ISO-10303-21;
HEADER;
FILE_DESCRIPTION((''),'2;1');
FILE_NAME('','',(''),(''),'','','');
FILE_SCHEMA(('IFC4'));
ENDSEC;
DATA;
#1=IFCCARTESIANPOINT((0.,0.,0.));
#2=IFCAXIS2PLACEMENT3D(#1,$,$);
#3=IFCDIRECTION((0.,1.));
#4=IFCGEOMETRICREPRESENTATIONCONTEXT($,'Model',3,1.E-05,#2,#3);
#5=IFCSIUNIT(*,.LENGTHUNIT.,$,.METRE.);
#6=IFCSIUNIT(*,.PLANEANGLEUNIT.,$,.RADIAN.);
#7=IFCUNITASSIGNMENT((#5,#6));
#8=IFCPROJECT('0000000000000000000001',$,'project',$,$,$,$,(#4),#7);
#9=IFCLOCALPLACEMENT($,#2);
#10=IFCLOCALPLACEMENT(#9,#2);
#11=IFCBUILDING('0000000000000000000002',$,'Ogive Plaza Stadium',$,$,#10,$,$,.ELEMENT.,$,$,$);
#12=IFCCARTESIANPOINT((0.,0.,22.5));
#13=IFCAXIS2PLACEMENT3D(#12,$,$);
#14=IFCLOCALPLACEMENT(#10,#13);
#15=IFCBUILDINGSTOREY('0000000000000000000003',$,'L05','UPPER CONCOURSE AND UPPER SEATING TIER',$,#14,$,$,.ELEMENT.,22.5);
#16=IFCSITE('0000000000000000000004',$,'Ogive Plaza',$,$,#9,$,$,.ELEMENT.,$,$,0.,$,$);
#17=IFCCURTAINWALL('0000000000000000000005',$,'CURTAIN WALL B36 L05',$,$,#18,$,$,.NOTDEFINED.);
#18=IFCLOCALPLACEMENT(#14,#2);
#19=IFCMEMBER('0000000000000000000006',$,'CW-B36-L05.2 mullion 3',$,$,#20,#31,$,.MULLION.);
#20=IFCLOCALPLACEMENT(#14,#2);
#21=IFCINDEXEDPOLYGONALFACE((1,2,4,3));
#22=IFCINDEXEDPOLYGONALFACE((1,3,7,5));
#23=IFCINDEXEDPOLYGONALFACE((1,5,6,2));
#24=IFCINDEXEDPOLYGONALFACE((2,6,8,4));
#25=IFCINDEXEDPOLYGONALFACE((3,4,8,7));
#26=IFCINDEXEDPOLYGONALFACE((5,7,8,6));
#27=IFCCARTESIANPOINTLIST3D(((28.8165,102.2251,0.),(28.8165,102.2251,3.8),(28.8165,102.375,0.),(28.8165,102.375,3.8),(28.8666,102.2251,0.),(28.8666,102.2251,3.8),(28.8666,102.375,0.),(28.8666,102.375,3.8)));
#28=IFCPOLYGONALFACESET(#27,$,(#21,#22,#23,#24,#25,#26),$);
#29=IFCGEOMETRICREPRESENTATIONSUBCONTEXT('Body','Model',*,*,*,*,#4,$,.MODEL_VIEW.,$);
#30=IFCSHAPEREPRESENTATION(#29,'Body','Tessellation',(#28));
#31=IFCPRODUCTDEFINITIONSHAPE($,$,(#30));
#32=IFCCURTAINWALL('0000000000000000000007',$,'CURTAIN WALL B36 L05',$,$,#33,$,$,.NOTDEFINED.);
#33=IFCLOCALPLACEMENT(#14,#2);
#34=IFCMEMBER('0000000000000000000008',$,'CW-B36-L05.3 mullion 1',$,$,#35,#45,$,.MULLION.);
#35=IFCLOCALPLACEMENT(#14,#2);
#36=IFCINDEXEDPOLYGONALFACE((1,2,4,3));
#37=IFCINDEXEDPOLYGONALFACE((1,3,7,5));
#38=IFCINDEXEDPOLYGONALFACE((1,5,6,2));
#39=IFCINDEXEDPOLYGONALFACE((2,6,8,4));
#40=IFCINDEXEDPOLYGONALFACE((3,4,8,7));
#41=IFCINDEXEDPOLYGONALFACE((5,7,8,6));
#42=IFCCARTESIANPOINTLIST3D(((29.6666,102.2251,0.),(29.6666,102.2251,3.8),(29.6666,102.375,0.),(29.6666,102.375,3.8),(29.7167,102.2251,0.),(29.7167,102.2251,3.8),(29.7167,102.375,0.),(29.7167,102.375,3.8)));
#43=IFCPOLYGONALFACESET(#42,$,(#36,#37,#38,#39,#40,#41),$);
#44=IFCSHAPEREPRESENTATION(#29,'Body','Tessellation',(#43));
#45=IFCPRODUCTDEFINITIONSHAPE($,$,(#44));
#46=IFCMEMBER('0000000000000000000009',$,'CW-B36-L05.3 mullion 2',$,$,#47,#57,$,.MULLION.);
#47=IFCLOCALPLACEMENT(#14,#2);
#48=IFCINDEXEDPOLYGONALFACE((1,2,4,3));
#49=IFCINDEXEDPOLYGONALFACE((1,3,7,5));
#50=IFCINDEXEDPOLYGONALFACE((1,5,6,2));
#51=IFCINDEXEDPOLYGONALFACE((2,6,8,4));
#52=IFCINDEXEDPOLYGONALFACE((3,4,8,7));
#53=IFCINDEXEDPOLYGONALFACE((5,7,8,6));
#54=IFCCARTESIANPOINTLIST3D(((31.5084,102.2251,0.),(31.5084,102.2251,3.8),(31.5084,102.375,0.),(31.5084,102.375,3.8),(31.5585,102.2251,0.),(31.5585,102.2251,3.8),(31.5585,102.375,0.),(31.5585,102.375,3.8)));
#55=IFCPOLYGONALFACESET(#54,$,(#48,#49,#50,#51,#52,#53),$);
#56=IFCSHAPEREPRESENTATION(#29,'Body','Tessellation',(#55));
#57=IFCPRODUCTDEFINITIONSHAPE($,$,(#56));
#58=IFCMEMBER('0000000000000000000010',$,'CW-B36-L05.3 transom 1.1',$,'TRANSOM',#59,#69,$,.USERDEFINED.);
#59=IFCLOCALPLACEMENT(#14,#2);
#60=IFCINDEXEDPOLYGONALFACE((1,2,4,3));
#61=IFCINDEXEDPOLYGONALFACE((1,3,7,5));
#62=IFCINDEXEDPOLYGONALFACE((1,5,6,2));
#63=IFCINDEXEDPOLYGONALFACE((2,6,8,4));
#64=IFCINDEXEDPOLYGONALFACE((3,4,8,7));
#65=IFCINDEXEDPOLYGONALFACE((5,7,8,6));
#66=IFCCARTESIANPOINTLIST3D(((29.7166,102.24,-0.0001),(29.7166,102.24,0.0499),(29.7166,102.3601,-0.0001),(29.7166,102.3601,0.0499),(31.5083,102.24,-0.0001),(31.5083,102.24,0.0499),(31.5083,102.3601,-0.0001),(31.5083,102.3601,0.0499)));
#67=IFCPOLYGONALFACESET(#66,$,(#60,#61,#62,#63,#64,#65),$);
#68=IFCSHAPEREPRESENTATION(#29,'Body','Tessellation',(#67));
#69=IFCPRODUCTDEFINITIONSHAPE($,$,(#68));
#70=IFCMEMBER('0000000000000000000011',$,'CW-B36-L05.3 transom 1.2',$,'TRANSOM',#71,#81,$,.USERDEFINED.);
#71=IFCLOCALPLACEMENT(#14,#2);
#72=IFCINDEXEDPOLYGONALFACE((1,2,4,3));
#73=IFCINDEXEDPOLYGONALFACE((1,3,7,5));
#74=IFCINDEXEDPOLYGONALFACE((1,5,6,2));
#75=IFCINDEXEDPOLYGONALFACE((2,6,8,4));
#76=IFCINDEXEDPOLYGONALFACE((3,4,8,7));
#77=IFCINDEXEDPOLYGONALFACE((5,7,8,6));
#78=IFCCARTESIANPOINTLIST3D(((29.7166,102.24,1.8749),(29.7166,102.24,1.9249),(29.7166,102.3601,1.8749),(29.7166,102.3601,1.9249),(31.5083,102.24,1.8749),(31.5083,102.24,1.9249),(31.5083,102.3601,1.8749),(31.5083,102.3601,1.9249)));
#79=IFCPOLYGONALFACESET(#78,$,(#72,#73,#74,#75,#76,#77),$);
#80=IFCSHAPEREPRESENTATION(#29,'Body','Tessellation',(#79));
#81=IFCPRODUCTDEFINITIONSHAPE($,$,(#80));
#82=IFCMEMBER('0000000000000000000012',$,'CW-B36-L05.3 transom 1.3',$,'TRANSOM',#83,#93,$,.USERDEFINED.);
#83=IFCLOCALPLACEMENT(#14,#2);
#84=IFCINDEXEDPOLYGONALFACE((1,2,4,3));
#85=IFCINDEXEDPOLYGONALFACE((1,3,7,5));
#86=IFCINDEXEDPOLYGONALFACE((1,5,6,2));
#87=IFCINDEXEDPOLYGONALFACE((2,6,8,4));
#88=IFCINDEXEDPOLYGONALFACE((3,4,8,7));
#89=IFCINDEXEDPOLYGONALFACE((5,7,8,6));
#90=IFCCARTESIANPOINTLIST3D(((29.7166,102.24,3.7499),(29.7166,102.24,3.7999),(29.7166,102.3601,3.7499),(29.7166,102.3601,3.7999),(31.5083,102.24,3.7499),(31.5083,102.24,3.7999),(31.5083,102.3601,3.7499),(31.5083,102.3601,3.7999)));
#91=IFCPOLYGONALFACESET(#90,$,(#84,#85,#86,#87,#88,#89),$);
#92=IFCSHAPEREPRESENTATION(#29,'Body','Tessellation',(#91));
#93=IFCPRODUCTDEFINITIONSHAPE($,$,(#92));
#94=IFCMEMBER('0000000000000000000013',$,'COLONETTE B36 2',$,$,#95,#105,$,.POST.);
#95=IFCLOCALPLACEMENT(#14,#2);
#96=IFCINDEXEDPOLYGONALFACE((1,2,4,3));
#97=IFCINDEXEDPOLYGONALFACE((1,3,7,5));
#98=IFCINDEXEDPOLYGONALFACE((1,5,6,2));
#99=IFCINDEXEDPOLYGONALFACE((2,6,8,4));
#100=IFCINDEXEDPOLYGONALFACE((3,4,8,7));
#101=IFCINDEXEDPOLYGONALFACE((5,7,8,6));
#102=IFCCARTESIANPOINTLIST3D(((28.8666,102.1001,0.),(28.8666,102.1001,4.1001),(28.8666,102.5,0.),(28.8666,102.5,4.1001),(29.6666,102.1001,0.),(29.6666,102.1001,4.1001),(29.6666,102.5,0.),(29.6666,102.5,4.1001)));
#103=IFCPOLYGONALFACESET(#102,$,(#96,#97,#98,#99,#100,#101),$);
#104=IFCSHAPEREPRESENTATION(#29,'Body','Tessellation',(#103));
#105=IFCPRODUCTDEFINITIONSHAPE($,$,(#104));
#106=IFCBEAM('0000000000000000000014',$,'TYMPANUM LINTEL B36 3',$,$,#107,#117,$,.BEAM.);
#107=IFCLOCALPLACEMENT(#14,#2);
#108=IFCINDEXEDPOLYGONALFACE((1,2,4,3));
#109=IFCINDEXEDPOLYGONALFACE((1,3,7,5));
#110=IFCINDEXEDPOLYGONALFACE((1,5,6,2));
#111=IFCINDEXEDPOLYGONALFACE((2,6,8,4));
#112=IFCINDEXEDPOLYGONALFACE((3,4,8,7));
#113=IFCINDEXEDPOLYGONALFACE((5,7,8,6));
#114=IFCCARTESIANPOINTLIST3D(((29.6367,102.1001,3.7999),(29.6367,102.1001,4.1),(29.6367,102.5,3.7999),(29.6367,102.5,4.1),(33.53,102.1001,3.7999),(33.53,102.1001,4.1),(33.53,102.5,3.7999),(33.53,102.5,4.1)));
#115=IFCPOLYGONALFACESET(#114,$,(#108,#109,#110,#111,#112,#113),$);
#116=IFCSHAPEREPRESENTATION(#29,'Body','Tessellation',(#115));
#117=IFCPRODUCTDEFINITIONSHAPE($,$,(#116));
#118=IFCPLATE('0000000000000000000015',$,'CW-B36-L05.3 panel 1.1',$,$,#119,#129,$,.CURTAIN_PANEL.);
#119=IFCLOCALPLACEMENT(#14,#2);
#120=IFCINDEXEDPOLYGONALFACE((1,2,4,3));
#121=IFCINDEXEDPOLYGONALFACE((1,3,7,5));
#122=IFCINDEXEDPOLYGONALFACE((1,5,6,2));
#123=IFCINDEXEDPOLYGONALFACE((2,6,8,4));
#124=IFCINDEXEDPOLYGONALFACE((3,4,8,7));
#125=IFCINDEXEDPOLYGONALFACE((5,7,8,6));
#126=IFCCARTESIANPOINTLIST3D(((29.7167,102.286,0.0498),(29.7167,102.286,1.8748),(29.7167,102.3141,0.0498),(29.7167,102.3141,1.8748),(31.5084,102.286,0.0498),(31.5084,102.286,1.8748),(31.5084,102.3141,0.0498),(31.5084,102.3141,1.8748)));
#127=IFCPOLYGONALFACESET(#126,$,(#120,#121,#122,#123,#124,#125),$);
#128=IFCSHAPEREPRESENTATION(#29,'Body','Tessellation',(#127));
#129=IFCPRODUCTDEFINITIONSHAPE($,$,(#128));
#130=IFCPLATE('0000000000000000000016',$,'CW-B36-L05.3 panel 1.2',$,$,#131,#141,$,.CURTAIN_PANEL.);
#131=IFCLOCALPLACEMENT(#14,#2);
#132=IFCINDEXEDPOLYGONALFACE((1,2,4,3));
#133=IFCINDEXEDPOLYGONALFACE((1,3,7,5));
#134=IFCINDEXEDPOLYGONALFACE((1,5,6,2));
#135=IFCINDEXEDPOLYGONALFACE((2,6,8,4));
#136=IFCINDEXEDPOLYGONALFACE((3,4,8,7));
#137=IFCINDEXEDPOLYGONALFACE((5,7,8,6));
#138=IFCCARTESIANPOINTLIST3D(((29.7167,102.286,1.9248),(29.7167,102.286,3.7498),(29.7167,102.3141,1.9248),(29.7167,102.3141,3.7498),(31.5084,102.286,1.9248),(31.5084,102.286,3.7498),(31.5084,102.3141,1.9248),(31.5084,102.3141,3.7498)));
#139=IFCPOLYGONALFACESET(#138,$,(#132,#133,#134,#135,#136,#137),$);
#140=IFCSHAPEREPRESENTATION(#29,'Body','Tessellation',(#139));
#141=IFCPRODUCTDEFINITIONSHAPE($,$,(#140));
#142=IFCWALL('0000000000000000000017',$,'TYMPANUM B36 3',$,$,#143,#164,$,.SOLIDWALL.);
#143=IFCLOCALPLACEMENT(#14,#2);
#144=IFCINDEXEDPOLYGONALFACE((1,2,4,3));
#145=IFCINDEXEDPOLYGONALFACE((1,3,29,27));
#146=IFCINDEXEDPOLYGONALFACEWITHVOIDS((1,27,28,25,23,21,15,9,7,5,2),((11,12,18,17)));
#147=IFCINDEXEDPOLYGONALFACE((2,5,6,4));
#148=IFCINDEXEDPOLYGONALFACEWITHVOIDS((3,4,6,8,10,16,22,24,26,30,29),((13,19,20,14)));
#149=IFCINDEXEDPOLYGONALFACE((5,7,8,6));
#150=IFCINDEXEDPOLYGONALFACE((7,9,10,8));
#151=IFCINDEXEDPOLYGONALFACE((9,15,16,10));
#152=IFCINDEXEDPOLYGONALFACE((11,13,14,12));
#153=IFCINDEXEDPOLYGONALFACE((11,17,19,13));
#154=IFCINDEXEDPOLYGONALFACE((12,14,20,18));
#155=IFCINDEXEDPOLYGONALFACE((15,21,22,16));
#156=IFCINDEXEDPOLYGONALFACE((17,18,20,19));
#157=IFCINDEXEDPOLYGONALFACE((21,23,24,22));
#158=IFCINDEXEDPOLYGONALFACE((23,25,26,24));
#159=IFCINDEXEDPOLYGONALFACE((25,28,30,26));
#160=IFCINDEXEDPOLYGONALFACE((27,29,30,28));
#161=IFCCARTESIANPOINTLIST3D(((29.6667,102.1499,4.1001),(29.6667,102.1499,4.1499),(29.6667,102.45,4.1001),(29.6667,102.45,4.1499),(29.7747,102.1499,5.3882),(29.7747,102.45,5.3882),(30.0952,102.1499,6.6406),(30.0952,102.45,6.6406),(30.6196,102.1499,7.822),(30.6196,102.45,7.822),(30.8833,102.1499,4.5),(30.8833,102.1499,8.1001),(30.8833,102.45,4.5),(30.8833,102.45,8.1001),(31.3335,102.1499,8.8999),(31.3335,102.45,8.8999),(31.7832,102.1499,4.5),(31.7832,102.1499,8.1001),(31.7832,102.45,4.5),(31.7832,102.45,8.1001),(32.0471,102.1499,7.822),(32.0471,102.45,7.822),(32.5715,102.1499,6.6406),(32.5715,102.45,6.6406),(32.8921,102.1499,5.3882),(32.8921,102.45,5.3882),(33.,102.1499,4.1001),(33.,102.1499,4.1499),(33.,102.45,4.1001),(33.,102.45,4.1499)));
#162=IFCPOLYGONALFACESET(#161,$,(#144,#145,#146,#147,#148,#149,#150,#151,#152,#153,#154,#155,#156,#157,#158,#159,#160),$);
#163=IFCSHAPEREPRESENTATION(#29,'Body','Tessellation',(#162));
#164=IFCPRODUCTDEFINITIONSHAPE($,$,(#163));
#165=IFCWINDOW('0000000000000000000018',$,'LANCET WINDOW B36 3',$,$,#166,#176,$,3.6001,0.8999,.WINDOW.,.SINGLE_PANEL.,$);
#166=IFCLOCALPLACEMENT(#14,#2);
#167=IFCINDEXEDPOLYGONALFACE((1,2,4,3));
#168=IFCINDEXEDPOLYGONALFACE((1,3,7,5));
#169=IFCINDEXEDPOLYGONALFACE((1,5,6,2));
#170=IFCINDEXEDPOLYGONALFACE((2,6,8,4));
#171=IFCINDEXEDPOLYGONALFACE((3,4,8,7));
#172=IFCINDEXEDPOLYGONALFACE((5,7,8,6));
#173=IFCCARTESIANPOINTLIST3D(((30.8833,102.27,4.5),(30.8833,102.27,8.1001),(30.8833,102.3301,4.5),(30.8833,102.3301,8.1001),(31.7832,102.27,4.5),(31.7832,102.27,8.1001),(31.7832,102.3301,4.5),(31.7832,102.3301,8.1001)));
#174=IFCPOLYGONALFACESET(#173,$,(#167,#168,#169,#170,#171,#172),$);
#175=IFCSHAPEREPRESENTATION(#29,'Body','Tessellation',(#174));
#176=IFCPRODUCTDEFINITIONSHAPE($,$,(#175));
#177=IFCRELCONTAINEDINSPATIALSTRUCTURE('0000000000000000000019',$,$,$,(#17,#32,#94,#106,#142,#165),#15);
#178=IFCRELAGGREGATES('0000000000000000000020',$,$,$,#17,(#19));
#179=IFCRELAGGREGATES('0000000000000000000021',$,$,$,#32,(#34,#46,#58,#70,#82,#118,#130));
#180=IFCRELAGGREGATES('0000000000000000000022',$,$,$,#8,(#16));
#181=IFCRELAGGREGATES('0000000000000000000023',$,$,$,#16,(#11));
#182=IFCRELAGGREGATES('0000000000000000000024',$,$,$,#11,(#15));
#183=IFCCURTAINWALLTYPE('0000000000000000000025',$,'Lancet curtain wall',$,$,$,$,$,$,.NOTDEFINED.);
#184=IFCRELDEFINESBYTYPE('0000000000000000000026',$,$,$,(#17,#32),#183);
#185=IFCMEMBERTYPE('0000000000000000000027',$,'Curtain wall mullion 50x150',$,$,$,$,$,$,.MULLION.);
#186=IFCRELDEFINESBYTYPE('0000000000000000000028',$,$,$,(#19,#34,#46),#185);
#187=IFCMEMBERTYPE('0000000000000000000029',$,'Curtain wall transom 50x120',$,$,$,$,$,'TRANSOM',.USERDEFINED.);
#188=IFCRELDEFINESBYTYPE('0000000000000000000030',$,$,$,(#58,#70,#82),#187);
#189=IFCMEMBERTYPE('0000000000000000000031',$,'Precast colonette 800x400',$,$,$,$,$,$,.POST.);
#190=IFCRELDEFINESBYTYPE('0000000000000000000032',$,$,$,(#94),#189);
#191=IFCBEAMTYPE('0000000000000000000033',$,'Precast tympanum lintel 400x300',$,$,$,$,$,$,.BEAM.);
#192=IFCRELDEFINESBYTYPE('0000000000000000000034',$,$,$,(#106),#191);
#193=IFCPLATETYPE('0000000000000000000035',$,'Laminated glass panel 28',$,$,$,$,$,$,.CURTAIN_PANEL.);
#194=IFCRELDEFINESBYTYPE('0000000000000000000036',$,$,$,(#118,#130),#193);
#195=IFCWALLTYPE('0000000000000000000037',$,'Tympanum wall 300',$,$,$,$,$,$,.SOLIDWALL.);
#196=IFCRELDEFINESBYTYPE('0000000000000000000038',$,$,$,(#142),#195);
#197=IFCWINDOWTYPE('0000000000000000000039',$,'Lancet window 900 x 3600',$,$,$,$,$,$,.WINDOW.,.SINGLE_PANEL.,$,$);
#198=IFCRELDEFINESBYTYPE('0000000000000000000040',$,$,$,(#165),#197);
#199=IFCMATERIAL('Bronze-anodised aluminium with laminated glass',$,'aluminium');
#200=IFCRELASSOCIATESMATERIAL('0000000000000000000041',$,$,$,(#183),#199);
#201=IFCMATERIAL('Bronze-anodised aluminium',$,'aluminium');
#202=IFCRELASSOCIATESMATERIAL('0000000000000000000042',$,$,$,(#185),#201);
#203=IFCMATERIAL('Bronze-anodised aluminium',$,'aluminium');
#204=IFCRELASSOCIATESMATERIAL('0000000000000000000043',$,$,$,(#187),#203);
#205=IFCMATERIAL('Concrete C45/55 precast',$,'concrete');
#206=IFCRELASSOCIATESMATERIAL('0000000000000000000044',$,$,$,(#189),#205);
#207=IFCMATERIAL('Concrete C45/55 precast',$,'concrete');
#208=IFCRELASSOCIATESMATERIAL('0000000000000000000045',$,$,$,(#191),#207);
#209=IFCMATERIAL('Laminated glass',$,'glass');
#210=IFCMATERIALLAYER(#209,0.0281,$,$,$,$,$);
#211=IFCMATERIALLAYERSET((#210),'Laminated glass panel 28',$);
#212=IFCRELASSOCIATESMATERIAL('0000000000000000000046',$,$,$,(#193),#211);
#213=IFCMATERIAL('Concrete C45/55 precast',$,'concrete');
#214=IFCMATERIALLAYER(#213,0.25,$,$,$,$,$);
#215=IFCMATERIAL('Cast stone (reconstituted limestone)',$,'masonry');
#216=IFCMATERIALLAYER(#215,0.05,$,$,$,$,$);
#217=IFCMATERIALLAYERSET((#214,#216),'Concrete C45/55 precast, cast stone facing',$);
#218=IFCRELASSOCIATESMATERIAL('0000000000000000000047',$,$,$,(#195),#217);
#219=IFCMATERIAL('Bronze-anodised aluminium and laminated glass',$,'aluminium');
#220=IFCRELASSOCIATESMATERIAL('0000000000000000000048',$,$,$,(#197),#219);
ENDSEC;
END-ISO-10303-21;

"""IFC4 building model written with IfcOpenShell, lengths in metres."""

from ifc_helpers import new_model, si_unit, direction, frame, frame_2d, origin, origin_2d, place, context, subcontext, project, spatial, polyline, rectangle, outline, extrude, material, layer, layer_set, material_profile, profile_set, type_object, element, fill, aggregate, save


model = new_model("IFC4")

# Units and contexts
model_context = context("Model", 3, precision=1e-05, world=origin(), true_north=direction((0.0, 1.0)))
body_context = subcontext(model_context, "Body", "Model", "MODEL_VIEW")
ifc_project = project(units=[si_unit("LENGTHUNIT", "METRE"), si_unit("PLANEANGLEUNIT", "RADIAN")], contexts=[model_context])

# Site, building, storey
site_placement = place(None, origin())
site = spatial("IfcSite", under=ifc_project, at=site_placement, Name="Ogive Plaza", CompositionType="ELEMENT", RefElevation=0.0)
building_placement = place(site_placement, origin())
building = spatial("IfcBuilding", under=site, at=building_placement, Name="Ogive Plaza Stadium", CompositionType="ELEMENT")
storey_placement = place(building_placement, frame((0.0, 0.0, 22.5)))
storey = spatial("IfcBuildingStorey", under=building, at=storey_placement, Name="L05", Description="UPPER CONCOURSE AND UPPER SEATING TIER", CompositionType="ELEMENT", Elevation=22.5)

# Curtain wall, member
ifc_material_1 = material(Name="Bronze-anodised aluminium with laminated glass", Category="aluminium")
curtain_wall_type = type_object("IfcCurtainWallType", Name="Lancet curtain wall", PredefinedType="NOTDEFINED", material=ifc_material_1)
curtain_wall_1_placement = place(storey_placement, origin())
curtain_wall_1 = element("IfcCurtainWall", 1, at=curtain_wall_1_placement, inside=storey, type_object=curtain_wall_type, Name="CURTAIN WALL B36 L05", PredefinedType="NOTDEFINED")
ifc_material_2 = material(Name="Bronze-anodised aluminium", Category="aluminium")
ifc_material_profile_1 = material_profile(ifc_material_2, rectangle(XDim=0.1499, YDim=0.05, at=origin_2d()), Name="AL 150x50")
ifc_profile_set_1 = profile_set([ifc_material_profile_1], Name="Bronze-anodised aluminium")
member_type_1 = type_object("IfcMemberType", Name="Curtain wall mullion 50x150", PredefinedType="MULLION", material=ifc_profile_set_1)
member_1_placement = place(storey_placement, frame((28.8416, 102.3, 0.0), z_axis=(0.0, 0.0, 1.0), x_axis=(0.0, 1.0, 0.0)))
member_1 = element("IfcMember", 2, at=member_1_placement, type_object=member_type_1, Name="CW-B36-L05.2 mullion 3", PredefinedType="MULLION", context=body_context, shape_type="SweptSolid", body=[
    extrude(rectangle(XDim=0.1499, YDim=0.05, at=origin_2d()), origin(), (0.0, 0.0, 1.0), 3.8),
])
aggregate(curtain_wall_1, [member_1])

# Curtain wall, members
curtain_wall_2_placement = place(storey_placement, origin())
curtain_wall_2 = element("IfcCurtainWall", 3, at=curtain_wall_2_placement, inside=storey, type_object=curtain_wall_type, Name="CURTAIN WALL B36 L05", PredefinedType="NOTDEFINED")
member_2_placement = place(storey_placement, frame((29.6917, 102.3, 0.0), z_axis=(0.0, 0.0, 1.0), x_axis=(0.0, 1.0, 0.0)))
member_2 = element("IfcMember", 4, at=member_2_placement, type_object=member_type_1, Name="CW-B36-L05.3 mullion 1", PredefinedType="MULLION", context=body_context, shape_type="SweptSolid", body=[
    extrude(rectangle(XDim=0.1499, YDim=0.05, at=origin_2d()), origin(), (0.0, 0.0, 1.0), 3.8),
])
member_3_placement = place(storey_placement, frame((31.5334, 102.3, 0.0), z_axis=(0.0, 0.0, 1.0), x_axis=(0.0, 1.0, 0.0)))
member_3 = element("IfcMember", 5, at=member_3_placement, type_object=member_type_1, Name="CW-B36-L05.3 mullion 2", PredefinedType="MULLION", context=body_context, shape_type="SweptSolid", body=[
    extrude(rectangle(XDim=0.1499, YDim=0.05, at=origin_2d()), origin(), (0.0, 0.0, 1.0), 3.8),
])
ifc_material_3 = material(Name="Bronze-anodised aluminium", Category="aluminium")
ifc_material_profile_2 = material_profile(ifc_material_3, rectangle(XDim=0.1201, YDim=0.05, at=origin_2d()), Name="AL 120x50")
ifc_profile_set_2 = profile_set([ifc_material_profile_2], Name="Bronze-anodised aluminium")
member_type_2 = type_object("IfcMemberType", Name="Curtain wall transom 50x120", ElementType="TRANSOM", PredefinedType="USERDEFINED", material=ifc_profile_set_2)
member_4_placement = place(storey_placement, frame((29.7166, 102.3, 0.0249), z_axis=(1.0, 0.0, 0.0), x_axis=(0.0, 1.0, 0.0)))
member_4 = element("IfcMember", 6, at=member_4_placement, type_object=member_type_2, Name="CW-B36-L05.3 transom 1.1", ObjectType="TRANSOM", PredefinedType="USERDEFINED", context=body_context, shape_type="SweptSolid", body=[
    extrude(rectangle(XDim=0.1201, YDim=0.05, at=origin_2d()), origin(), (0.0, 0.0, 1.0), 1.7917),
])
member_5_placement = place(storey_placement, frame((29.7166, 102.3, 1.8999), z_axis=(1.0, 0.0, 0.0), x_axis=(0.0, 1.0, 0.0)))
member_5 = element("IfcMember", 7, at=member_5_placement, type_object=member_type_2, Name="CW-B36-L05.3 transom 1.2", ObjectType="TRANSOM", PredefinedType="USERDEFINED", context=body_context, shape_type="SweptSolid", body=[
    extrude(rectangle(XDim=0.1201, YDim=0.05, at=origin_2d()), origin(), (0.0, 0.0, 1.0), 1.7917),
])
member_6_placement = place(storey_placement, frame((29.7166, 102.3, 3.7749), z_axis=(1.0, 0.0, 0.0), x_axis=(0.0, 1.0, 0.0)))
member_6 = element("IfcMember", 8, at=member_6_placement, type_object=member_type_2, Name="CW-B36-L05.3 transom 1.3", ObjectType="TRANSOM", PredefinedType="USERDEFINED", context=body_context, shape_type="SweptSolid", body=[
    extrude(rectangle(XDim=0.1201, YDim=0.05, at=origin_2d()), origin(), (0.0, 0.0, 1.0), 1.7917),
])

# Member
ifc_material_4 = material(Name="Concrete C45/55 precast", Category="concrete")
ifc_material_profile_3 = material_profile(ifc_material_4, rectangle(XDim=0.3999, YDim=0.8, at=origin_2d()), Name="RC 400x800")
ifc_profile_set_3 = profile_set([ifc_material_profile_3], Name="Concrete C45/55 precast")
member_type_3 = type_object("IfcMemberType", Name="Precast colonette 800x400", PredefinedType="POST", material=ifc_profile_set_3)
member_7_placement = place(storey_placement, frame((29.2666, 102.3, 0.0), z_axis=(0.0, 0.0, 1.0), x_axis=(0.0, 1.0, 0.0)))
element("IfcMember", 9, at=member_7_placement, inside=storey, type_object=member_type_3, Name="COLONETTE B36 2", PredefinedType="POST", context=body_context, shape_type="SweptSolid", body=[
    extrude(rectangle(XDim=0.3999, YDim=0.8, at=origin_2d()), origin(), (0.0, 0.0, 1.0), 4.1001),
])

# Beam
ifc_material_5 = material(Name="Concrete C45/55 precast", Category="concrete")
ifc_material_profile_4 = material_profile(ifc_material_5, rectangle(XDim=0.3999, YDim=0.3, at=origin_2d()), Name="RC 400x300")
ifc_profile_set_4 = profile_set([ifc_material_profile_4], Name="Concrete C45/55 precast")
beam_type = type_object("IfcBeamType", Name="Precast tympanum lintel 400x300", PredefinedType="BEAM", material=ifc_profile_set_4)
beam_placement = place(storey_placement, frame((29.6367, 102.3, 3.95), z_axis=(1.0, 0.0, 0.0), x_axis=(0.0, 1.0, 0.0)))
element("IfcBeam", 10, at=beam_placement, inside=storey, type_object=beam_type, Name="TYMPANUM LINTEL B36 3", PredefinedType="BEAM", context=body_context, shape_type="SweptSolid", body=[
    extrude(rectangle(XDim=0.3999, YDim=0.3, at=origin_2d()), origin(), (0.0, 0.0, 1.0), 3.8933),
])

# Plates
ifc_material_6 = material(Name="Laminated glass", Category="glass")
ifc_layer_1 = layer(ifc_material_6, 0.0281)
ifc_layer_set_1 = layer_set([ifc_layer_1], Name="Laminated glass panel 28")
plate_type = type_object("IfcPlateType", Name="Laminated glass panel 28", PredefinedType="CURTAIN_PANEL", material=ifc_layer_set_1)
plate_1_placement = place(storey_placement, frame((30.6125, 102.3, 0.0498), z_axis=(0.0, 0.0, 1.0), x_axis=(1.0, 0.0, 0.0)))
plate_1 = element("IfcPlate", 11, at=plate_1_placement, type_object=plate_type, Name="CW-B36-L05.3 panel 1.1", PredefinedType="CURTAIN_PANEL", context=body_context, shape_type="SweptSolid", body=[
    extrude(rectangle(XDim=1.7917, YDim=0.0281, at=origin_2d()), origin(), (0.0, 0.0, 1.0), 1.825),
])
plate_2_placement = place(storey_placement, frame((30.6125, 102.3, 1.9248), z_axis=(0.0, 0.0, 1.0), x_axis=(1.0, 0.0, 0.0)))
plate_2 = element("IfcPlate", 12, at=plate_2_placement, type_object=plate_type, Name="CW-B36-L05.3 panel 1.2", PredefinedType="CURTAIN_PANEL", context=body_context, shape_type="SweptSolid", body=[
    extrude(rectangle(XDim=1.7917, YDim=0.0281, at=origin_2d()), origin(), (0.0, 0.0, 1.0), 1.825),
])
aggregate(curtain_wall_2, [member_2, member_3, member_4, member_5, member_6, plate_1, plate_2])

# Wall, opening, window
ifc_material_7 = material(Name="Concrete C45/55 precast", Category="concrete")
ifc_layer_2 = layer(ifc_material_7, 0.25)
ifc_material_8 = material(Name="Cast stone (reconstituted limestone)", Category="masonry")
ifc_layer_3 = layer(ifc_material_8, 0.05)
ifc_layer_set_2 = layer_set([ifc_layer_2, ifc_layer_3], Name="Concrete C45/55 precast, cast stone facing")
wall_type = type_object("IfcWallType", Name="Tympanum wall 300", PredefinedType="SOLIDWALL", material=ifc_layer_set_2)
wall_placement = place(storey_placement, frame((29.6667, 102.3, 4.1001), z_axis=(0.0, 0.0, 1.0), x_axis=(1.0, 0.0, 0.0)))
wall = element("IfcWall", 13, at=wall_placement, inside=storey, type_object=wall_type, Name="TYMPANUM B36 3", PredefinedType="SOLIDWALL", context=body_context, shape_type="SweptSolid", body=[
    extrude(outline(polyline([(0.0, 0.0), (3.3333, 0.0), (3.3333, 0.0498), (3.2253, 1.2881), (2.9048, 2.5405), (2.3804, 3.7219), (1.6667, 4.7998), (0.9529, 3.7219), (0.4285, 2.5405), (0.1079, 1.2881), (0.0, 0.0498), (0.0, 0.0)])), frame((0.0, 0.1499, 0.0), z_axis=(0.0, -1.0, 0.0), x_axis=(1.0, 0.0, 0.0)), (0.0, 0.0, 1.0), 0.3),
])
opening_placement = place(wall_placement, frame((1.2166, 0.0, 0.3999)))
opening = element("IfcOpeningElement", 14, at=opening_placement, cuts=wall, PredefinedType="OPENING", context=body_context, shape_type="SweptSolid", body=[
    extrude(rectangle(XDim=0.8999, YDim=3.6001, at=frame_2d((0.45, 1.8))), frame((0.0, 0.1602, 0.0), z_axis=(0.0, -1.0, 0.0), x_axis=(1.0, 0.0, 0.0)), (0.0, 0.0, 1.0), 0.3201),
])
ifc_material_9 = material(Name="Bronze-anodised aluminium and laminated glass", Category="aluminium")
window_type = type_object("IfcWindowType", Name="Lancet window 900 x 3600", PartitioningType="SINGLE_PANEL", PredefinedType="WINDOW", material=ifc_material_9)
window_placement = place(opening_placement, origin())
window = element("IfcWindow", 15, at=window_placement, inside=storey, type_object=window_type, Name="LANCET WINDOW B36 3", OverallHeight=3.6001, OverallWidth=0.8999, PartitioningType="SINGLE_PANEL", PredefinedType="WINDOW", context=body_context, shape_type="SweptSolid", body=[
    extrude(rectangle(XDim=0.8999, YDim=3.6001, at=frame_2d((0.45, 1.8))), frame((0.0, 0.03, 0.0), z_axis=(0.0, -1.0, 0.0), x_axis=(1.0, 0.0, 0.0)), (0.0, 0.0, 1.0), 0.0601),
])
fill(opening, window)

save(model, "model.ifc")
